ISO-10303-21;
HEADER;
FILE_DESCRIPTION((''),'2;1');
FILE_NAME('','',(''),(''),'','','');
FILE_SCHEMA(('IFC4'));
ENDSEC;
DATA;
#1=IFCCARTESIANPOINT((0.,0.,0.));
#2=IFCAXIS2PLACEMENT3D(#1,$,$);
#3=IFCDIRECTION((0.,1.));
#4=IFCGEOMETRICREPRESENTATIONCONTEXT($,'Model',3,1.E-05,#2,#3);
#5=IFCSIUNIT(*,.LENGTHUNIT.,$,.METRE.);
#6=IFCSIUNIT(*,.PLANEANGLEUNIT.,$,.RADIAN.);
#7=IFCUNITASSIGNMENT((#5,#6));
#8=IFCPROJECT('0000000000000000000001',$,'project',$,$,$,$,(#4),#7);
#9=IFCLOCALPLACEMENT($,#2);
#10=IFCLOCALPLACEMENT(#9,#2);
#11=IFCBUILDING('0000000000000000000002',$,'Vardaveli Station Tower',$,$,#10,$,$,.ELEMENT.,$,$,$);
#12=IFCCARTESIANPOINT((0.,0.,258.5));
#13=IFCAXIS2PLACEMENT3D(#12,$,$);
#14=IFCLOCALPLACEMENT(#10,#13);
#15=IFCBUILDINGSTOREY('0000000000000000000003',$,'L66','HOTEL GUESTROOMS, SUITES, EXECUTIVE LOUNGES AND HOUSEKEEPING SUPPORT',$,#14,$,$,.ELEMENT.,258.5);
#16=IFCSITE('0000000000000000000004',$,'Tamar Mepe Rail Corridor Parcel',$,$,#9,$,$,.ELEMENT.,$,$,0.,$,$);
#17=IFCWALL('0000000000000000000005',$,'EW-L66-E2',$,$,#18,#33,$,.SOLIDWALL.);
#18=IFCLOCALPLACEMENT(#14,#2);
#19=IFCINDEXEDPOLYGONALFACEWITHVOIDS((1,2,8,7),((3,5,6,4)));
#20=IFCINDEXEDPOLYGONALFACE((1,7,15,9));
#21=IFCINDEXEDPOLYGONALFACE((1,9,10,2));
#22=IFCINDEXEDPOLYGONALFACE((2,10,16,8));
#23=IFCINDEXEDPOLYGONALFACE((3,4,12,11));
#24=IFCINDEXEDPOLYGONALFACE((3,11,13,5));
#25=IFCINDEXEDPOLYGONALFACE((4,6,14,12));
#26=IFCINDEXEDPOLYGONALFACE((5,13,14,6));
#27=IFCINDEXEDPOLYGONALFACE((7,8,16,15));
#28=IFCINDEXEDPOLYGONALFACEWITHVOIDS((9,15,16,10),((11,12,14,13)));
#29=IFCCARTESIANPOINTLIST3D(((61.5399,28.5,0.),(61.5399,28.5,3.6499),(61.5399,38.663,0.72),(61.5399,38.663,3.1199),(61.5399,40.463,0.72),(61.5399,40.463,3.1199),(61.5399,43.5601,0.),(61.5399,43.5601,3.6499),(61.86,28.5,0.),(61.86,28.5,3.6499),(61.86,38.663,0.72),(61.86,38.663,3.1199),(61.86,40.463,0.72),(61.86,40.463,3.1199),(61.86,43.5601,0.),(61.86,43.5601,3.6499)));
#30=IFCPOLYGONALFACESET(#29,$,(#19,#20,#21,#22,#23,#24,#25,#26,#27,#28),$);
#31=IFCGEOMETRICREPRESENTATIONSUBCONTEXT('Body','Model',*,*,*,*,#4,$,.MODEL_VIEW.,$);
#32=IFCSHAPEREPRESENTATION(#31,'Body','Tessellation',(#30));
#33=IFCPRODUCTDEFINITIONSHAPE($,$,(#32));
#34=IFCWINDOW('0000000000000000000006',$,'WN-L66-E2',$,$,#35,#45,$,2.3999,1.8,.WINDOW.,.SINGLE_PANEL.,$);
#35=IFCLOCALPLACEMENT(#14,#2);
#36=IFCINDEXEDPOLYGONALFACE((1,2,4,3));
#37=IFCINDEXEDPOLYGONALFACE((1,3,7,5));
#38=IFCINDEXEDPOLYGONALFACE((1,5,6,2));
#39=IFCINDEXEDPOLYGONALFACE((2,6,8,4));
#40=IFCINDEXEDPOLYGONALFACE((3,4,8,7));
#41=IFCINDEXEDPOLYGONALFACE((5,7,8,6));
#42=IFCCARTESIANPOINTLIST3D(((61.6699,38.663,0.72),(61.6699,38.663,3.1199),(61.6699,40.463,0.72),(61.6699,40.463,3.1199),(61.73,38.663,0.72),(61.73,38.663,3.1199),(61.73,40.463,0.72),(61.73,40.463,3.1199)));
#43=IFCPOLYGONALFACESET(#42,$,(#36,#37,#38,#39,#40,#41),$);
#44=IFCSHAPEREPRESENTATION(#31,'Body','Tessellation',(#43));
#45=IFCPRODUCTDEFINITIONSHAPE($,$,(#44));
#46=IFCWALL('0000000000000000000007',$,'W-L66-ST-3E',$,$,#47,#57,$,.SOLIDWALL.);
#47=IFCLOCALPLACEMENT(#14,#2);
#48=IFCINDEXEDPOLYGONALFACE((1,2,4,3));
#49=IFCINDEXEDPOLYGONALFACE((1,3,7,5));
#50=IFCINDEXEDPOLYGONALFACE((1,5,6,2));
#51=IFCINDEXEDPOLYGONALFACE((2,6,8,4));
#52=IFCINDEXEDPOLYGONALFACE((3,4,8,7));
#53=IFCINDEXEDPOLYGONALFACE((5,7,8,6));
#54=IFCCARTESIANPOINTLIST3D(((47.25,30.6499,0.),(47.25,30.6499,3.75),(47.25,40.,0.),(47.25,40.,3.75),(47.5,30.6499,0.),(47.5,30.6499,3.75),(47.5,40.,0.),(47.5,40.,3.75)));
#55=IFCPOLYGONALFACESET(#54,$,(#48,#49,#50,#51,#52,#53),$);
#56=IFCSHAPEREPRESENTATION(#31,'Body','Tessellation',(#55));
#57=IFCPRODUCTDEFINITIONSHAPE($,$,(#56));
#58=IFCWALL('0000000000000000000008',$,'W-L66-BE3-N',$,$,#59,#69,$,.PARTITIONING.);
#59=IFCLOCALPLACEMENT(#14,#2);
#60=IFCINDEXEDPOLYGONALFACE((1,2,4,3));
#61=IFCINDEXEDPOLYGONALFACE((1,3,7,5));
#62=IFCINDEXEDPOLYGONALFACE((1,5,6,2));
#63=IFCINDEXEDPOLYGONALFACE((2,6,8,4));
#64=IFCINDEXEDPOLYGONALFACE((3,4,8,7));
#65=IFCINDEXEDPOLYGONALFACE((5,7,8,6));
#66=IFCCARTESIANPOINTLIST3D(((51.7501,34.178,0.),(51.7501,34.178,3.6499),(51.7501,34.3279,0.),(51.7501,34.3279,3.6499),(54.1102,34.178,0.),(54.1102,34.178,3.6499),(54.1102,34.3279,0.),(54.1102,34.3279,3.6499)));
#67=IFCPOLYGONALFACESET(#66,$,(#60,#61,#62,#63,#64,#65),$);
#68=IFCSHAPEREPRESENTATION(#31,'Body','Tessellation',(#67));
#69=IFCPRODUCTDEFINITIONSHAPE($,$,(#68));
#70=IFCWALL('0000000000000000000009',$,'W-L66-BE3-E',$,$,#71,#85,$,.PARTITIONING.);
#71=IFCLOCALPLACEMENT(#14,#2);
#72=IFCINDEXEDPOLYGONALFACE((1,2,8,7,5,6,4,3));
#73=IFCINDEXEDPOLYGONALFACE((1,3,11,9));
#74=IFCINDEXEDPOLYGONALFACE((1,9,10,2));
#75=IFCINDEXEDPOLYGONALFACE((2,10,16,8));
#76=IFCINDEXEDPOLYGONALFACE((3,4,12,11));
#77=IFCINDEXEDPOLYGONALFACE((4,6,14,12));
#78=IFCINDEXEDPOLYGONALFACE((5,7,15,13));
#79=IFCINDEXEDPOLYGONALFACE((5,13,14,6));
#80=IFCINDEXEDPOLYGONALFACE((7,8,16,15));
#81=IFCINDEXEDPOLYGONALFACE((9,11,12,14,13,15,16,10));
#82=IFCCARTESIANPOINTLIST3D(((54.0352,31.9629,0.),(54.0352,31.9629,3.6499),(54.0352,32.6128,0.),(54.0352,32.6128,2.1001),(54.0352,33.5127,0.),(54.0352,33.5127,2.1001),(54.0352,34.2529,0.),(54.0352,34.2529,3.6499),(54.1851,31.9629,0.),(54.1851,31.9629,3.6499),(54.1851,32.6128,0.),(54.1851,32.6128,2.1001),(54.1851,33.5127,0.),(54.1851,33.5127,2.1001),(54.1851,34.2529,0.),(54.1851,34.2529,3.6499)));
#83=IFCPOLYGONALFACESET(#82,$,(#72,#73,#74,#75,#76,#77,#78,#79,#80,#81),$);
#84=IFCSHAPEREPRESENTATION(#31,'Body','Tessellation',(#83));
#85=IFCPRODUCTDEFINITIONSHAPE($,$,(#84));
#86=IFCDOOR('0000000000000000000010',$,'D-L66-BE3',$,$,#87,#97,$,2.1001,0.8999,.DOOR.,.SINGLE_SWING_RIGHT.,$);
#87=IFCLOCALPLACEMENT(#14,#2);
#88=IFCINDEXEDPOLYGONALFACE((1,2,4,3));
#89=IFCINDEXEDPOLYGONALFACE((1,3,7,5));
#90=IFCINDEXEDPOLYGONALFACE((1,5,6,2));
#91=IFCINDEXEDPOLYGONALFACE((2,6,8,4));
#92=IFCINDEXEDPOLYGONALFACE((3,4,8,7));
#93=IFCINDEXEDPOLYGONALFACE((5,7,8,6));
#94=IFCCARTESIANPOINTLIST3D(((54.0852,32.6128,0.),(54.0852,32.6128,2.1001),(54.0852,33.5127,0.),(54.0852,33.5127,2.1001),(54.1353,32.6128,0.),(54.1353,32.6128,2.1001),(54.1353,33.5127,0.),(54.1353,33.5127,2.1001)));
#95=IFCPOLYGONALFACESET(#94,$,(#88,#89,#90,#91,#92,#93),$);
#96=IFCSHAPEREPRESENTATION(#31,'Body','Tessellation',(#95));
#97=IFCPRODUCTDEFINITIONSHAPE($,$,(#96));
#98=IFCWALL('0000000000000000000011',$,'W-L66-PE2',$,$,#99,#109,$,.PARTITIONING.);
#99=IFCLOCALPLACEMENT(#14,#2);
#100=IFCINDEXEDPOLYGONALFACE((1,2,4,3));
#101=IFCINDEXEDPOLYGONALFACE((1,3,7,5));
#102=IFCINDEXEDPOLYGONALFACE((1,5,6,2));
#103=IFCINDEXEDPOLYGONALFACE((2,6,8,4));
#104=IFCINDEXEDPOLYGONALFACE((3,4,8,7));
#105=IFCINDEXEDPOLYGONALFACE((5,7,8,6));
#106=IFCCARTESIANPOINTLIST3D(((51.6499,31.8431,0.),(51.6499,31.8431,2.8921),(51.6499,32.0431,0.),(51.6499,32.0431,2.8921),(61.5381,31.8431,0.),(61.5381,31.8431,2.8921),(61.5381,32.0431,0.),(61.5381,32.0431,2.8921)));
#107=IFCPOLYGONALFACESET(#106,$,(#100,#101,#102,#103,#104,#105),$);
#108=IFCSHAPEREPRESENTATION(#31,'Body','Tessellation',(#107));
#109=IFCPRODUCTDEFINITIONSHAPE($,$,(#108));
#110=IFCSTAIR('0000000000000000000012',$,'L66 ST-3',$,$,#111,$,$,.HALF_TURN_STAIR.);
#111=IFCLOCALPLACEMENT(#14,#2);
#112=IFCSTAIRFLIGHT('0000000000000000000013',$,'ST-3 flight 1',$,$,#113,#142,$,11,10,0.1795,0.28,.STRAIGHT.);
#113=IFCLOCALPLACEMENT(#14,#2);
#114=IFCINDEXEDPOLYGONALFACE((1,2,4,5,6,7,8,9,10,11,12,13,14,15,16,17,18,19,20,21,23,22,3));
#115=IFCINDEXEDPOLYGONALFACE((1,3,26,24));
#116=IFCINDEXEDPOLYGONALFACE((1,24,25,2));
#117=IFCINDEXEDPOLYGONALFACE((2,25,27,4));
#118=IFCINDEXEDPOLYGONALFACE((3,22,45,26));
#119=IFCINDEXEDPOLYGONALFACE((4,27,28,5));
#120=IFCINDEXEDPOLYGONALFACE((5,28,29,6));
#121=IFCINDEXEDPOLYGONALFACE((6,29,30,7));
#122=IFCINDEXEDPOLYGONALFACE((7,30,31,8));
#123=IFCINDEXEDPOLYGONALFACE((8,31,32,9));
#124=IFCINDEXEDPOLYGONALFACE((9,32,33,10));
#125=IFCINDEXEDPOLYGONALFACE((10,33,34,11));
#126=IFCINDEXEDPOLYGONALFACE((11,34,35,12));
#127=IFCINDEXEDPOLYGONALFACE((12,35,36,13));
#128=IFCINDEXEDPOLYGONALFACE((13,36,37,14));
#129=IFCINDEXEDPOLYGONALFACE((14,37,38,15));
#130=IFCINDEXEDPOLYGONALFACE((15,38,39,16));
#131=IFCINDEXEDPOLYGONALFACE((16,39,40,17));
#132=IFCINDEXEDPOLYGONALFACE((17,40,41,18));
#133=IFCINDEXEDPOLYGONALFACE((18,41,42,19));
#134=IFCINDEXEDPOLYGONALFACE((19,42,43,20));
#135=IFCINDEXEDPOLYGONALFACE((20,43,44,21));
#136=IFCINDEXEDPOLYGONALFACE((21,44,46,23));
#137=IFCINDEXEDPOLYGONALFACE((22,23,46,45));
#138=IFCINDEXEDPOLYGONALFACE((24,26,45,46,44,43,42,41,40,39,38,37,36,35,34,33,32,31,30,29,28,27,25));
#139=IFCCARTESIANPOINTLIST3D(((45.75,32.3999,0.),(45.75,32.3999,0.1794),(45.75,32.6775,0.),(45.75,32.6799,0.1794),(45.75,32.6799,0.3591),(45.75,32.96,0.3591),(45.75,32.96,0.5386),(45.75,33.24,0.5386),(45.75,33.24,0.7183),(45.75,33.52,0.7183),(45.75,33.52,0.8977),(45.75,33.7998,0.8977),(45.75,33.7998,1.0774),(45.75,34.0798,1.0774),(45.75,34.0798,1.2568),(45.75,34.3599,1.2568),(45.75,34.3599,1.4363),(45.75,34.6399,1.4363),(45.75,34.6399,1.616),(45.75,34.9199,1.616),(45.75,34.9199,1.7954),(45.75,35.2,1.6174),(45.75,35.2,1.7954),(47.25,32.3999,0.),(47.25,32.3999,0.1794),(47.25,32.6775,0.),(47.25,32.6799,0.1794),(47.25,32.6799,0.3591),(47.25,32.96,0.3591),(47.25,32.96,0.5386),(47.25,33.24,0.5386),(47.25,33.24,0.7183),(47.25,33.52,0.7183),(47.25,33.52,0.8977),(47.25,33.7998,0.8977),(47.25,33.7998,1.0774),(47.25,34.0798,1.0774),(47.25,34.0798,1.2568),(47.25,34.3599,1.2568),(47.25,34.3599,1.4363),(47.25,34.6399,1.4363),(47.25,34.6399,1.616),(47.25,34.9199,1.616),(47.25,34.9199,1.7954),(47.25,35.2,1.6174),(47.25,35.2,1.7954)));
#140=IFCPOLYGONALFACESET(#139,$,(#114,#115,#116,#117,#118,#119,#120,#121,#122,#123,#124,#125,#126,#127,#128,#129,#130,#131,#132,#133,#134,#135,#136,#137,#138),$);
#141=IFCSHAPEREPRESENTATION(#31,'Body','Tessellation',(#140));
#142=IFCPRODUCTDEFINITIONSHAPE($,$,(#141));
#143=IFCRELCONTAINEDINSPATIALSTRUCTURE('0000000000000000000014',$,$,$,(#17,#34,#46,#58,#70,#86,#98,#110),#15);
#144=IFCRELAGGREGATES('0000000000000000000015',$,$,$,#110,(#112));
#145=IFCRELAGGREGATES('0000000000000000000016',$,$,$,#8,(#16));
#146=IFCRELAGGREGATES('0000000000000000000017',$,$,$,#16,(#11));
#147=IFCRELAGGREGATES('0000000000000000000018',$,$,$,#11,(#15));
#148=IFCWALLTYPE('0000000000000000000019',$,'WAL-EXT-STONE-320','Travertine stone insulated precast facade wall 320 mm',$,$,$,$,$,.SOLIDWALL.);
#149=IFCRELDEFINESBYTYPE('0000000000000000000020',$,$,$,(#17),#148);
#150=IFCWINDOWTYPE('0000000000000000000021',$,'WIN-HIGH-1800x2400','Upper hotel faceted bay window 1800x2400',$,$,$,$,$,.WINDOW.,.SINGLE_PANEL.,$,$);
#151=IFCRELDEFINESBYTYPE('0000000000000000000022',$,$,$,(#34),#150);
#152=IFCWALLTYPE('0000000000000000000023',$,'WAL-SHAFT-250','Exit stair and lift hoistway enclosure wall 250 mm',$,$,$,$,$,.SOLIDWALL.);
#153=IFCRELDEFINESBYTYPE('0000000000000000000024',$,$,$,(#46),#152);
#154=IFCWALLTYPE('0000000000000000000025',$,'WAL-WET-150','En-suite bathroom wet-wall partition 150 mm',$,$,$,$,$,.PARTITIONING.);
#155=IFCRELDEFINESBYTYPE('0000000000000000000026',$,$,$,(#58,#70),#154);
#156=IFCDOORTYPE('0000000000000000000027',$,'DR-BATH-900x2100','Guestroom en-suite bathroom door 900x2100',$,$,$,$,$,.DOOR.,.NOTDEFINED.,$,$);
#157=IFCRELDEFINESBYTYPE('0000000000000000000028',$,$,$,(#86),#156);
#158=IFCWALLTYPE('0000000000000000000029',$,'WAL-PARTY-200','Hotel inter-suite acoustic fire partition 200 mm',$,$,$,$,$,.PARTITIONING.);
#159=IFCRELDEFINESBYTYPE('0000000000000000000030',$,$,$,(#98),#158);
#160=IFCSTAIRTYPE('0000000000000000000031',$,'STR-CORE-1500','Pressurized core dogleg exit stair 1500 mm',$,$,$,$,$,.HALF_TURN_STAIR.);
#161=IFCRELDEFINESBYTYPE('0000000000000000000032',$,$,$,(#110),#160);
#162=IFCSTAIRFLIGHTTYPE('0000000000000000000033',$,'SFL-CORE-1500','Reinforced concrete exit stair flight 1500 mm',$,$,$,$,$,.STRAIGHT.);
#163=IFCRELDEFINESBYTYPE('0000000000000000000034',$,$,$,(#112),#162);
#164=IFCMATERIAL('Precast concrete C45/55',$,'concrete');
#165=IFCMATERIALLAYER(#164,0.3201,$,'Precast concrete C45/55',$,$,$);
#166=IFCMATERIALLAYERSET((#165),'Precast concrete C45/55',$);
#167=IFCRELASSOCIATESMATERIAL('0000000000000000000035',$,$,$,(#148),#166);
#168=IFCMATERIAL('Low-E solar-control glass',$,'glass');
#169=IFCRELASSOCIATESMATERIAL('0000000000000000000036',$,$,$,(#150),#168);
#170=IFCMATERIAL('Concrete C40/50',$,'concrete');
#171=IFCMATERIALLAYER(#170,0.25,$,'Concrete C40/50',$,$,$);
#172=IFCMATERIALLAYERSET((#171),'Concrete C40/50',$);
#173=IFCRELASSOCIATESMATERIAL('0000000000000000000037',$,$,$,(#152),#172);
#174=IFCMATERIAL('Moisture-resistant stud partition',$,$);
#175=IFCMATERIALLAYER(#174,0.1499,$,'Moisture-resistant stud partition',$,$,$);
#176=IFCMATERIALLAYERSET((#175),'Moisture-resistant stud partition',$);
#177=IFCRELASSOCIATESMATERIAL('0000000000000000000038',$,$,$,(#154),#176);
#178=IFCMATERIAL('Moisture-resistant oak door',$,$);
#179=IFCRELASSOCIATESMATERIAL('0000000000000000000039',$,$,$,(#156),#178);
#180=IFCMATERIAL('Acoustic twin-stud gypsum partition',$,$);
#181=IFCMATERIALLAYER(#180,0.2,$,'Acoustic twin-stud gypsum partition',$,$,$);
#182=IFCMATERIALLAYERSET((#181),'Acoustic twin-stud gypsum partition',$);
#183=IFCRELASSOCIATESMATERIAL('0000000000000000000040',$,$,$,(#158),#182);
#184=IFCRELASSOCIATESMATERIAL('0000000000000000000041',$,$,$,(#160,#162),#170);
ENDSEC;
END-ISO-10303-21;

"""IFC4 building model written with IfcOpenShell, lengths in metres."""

from ifc_helpers import new_model, si_unit, direction, frame, frame_2d, origin, place, context, subcontext, project, spatial, polyline, rectangle, outline, extrude, source, transform, mapped, material, layer, layer_set, type_object, element, fill, aggregate, save


model = new_model("IFC4")

# Units and contexts
model_context = context("Model", 3, precision=1e-05, world=origin(), true_north=direction((0.0, 1.0)))
body_context = subcontext(model_context, "Body", "Model", "MODEL_VIEW")
ifc_project = project(units=[si_unit("LENGTHUNIT", "METRE"), si_unit("PLANEANGLEUNIT", "RADIAN")], contexts=[model_context])

# Site, building, storey
site_placement = place(None, origin())
site = spatial("IfcSite", under=ifc_project, at=site_placement, Name="Tamar Mepe Rail Corridor Parcel", CompositionType="ELEMENT", RefElevation=0.0)
building_placement = place(site_placement, origin())
building = spatial("IfcBuilding", under=site, at=building_placement, Name="Vardaveli Station Tower", CompositionType="ELEMENT")
storey_placement = place(building_placement, frame((0.0, 0.0, 258.5)))
storey = spatial("IfcBuildingStorey", under=building, at=storey_placement, Name="L66", Description="HOTEL GUESTROOMS, SUITES, EXECUTIVE LOUNGES AND HOUSEKEEPING SUPPORT", CompositionType="ELEMENT", Elevation=258.5)

# Shared definitions
ifc_material_1 = material(Name="Precast concrete C45/55", Category="concrete")

# Wall, opening, window
ifc_layer_1 = layer(ifc_material_1, 0.3201, Name="Precast concrete C45/55")
ifc_layer_set_1 = layer_set([ifc_layer_1], Name="Precast concrete C45/55")
wall_type_1 = type_object("IfcWallType", Name="WAL-EXT-STONE-320", Description="Travertine stone insulated precast facade wall 320 mm", PredefinedType="SOLIDWALL", material=ifc_layer_set_1)
shared_shape_1 = source(origin(), body_context, "Body", "SweptSolid", [
    extrude(rectangle(XDim=15.0601, YDim=0.3201, at=frame_2d((7.53, 0.0))), origin(), (0.0, 0.0, 1.0), 3.6499),
])
wall_1_placement = place(storey_placement, frame((61.7, 28.5, 0.0), z_axis=(0.0, 0.0, 1.0), x_axis=(0.0, 1.0, 0.0)))
wall_1 = element("IfcWall", 1, at=wall_1_placement, inside=storey, type_object=wall_type_1, Name="EW-L66-E2", PredefinedType="SOLIDWALL", context=body_context, shape_type="MappedRepresentation", body=[
    mapped(shared_shape_1, transform((0.0, 0.0, 0.0), scale=1.0)),
])
shared_shape_2 = source(origin(), body_context, "Body", "SweptSolid", [
    extrude(rectangle(XDim=1.8, YDim=2.3999, at=frame_2d((0.8999, 1.2))), frame((0.0, 0.1699, 0.0), z_axis=(0.0, -1.0, 0.0), x_axis=(1.0, 0.0, 0.0)), (0.0, 0.0, 1.0), 0.3401),
])
opening_1_placement = place(wall_1_placement, frame((10.1631, 0.0, 0.72)))
opening_1 = element("IfcOpeningElement", 2, at=opening_1_placement, cuts=wall_1, PredefinedType="OPENING", context=body_context, shape_type="MappedRepresentation", body=[
    mapped(shared_shape_2, transform((0.0, 0.0, 0.0), scale=1.0)),
])
ifc_material_2 = material(Name="Low-E solar-control glass", Category="glass")
window_type = type_object("IfcWindowType", Name="WIN-HIGH-1800x2400", Description="Upper hotel faceted bay window 1800x2400", PartitioningType="SINGLE_PANEL", PredefinedType="WINDOW", material=ifc_material_2)
shared_shape_3 = source(origin(), body_context, "Body", "SweptSolid", [
    extrude(rectangle(XDim=1.8, YDim=2.3999, at=frame_2d((0.8999, 1.2))), frame((0.0, 0.03, 0.0), z_axis=(0.0, -1.0, 0.0), x_axis=(1.0, 0.0, 0.0)), (0.0, 0.0, 1.0), 0.0601),
])
window_placement = place(opening_1_placement, origin())
window = element("IfcWindow", 3, at=window_placement, inside=storey, type_object=window_type, Name="WN-L66-E2", OverallHeight=2.3999, OverallWidth=1.8, PartitioningType="SINGLE_PANEL", PredefinedType="WINDOW", context=body_context, shape_type="MappedRepresentation", body=[
    mapped(shared_shape_3, transform((0.0, 0.0, 0.0), scale=1.0)),
])
fill(opening_1, window)

# Walls
ifc_material_3 = material(Name="Concrete C40/50", Category="concrete")
ifc_layer_2 = layer(ifc_material_3, 0.25, Name="Concrete C40/50")
ifc_layer_set_2 = layer_set([ifc_layer_2], Name="Concrete C40/50")
wall_type_2 = type_object("IfcWallType", Name="WAL-SHAFT-250", Description="Exit stair and lift hoistway enclosure wall 250 mm", PredefinedType="SOLIDWALL", material=ifc_layer_set_2)
shared_shape_4 = source(origin(), body_context, "Body", "SweptSolid", [
    extrude(rectangle(XDim=9.3501, YDim=0.25, at=frame_2d((4.675, 0.0))), origin(), (0.0, 0.0, 1.0), 3.75),
])
wall_2_placement = place(storey_placement, frame((47.375, 30.6499, 0.0), z_axis=(0.0, 0.0, 1.0), x_axis=(0.0, 1.0, 0.0)))
element("IfcWall", 4, at=wall_2_placement, inside=storey, type_object=wall_type_2, Name="W-L66-ST-3E", PredefinedType="SOLIDWALL", context=body_context, shape_type="MappedRepresentation", body=[
    mapped(shared_shape_4, transform((0.0, 0.0, 0.0), scale=1.0)),
])
ifc_material_4 = material(Name="Moisture-resistant stud partition")
ifc_layer_3 = layer(ifc_material_4, 0.1499, Name="Moisture-resistant stud partition")
ifc_layer_set_3 = layer_set([ifc_layer_3], Name="Moisture-resistant stud partition")
wall_type_3 = type_object("IfcWallType", Name="WAL-WET-150", Description="En-suite bathroom wet-wall partition 150 mm", PredefinedType="PARTITIONING", material=ifc_layer_set_3)
shared_shape_5 = source(origin(), body_context, "Body", "SweptSolid", [
    extrude(rectangle(XDim=2.3601, YDim=0.1499, at=frame_2d((1.1802, 0.0))), origin(), (0.0, 0.0, 1.0), 3.6499),
])
wall_3_placement = place(storey_placement, frame((51.75, 34.2529, 0.0), z_axis=(0.0, 0.0, 1.0), x_axis=(1.0, 0.0, 0.0)))
element("IfcWall", 5, at=wall_3_placement, inside=storey, type_object=wall_type_3, Name="W-L66-BE3-N", PredefinedType="PARTITIONING", context=body_context, shape_type="MappedRepresentation", body=[
    mapped(shared_shape_5, transform((0.0, 0.0, 0.0), scale=1.0)),
])

# Wall, opening, door
shared_shape_6 = source(origin(), body_context, "Body", "SweptSolid", [
    extrude(rectangle(XDim=2.29, YDim=0.1499, at=frame_2d((1.145, 0.0))), origin(), (0.0, 0.0, 1.0), 3.6499),
])
wall_4_placement = place(storey_placement, frame((54.1101, 31.9629, 0.0), z_axis=(0.0, 0.0, 1.0), x_axis=(0.0, 1.0, 0.0)))
wall_4 = element("IfcWall", 6, at=wall_4_placement, inside=storey, type_object=wall_type_3, Name="W-L66-BE3-E", PredefinedType="PARTITIONING", context=body_context, shape_type="MappedRepresentation", body=[
    mapped(shared_shape_6, transform((0.0, 0.0, 0.0), scale=1.0)),
])
shared_shape_7 = source(origin(), body_context, "Body", "SweptSolid", [
    extrude(rectangle(XDim=0.8999, YDim=2.1001, at=frame_2d((0.45, 1.05))), frame((0.0, 0.085, 0.0), z_axis=(0.0, -1.0, 0.0), x_axis=(1.0, 0.0, 0.0)), (0.0, 0.0, 1.0), 0.1699),
])
opening_2_placement = place(wall_4_placement, frame((0.6499, 0.0, 0.0)))
opening_2 = element("IfcOpeningElement", 7, at=opening_2_placement, cuts=wall_4, PredefinedType="OPENING", context=body_context, shape_type="MappedRepresentation", body=[
    mapped(shared_shape_7, transform((0.0, 0.0, 0.0), scale=1.0)),
])
ifc_material_5 = material(Name="Moisture-resistant oak door")
door_type = type_object("IfcDoorType", Name="DR-BATH-900x2100", Description="Guestroom en-suite bathroom door 900x2100", OperationType="NOTDEFINED", PredefinedType="DOOR", material=ifc_material_5)
shared_shape_8 = source(origin(), body_context, "Body", "SweptSolid", [
    extrude(rectangle(XDim=0.8999, YDim=2.1001, at=frame_2d((0.45, 1.05))), frame((0.0, 0.0249, 0.0), z_axis=(0.0, -1.0, 0.0), x_axis=(1.0, 0.0, 0.0)), (0.0, 0.0, 1.0), 0.05),
])
door_placement = place(opening_2_placement, origin())
door = element("IfcDoor", 8, at=door_placement, inside=storey, type_object=door_type, Name="D-L66-BE3", OperationType="SINGLE_SWING_RIGHT", OverallHeight=2.1001, OverallWidth=0.8999, PredefinedType="DOOR", context=body_context, shape_type="MappedRepresentation", body=[
    mapped(shared_shape_8, transform((0.0, 0.0, 0.0), scale=1.0)),
])
fill(opening_2, door)

# Wall
ifc_material_6 = material(Name="Acoustic twin-stud gypsum partition")
ifc_layer_4 = layer(ifc_material_6, 0.2, Name="Acoustic twin-stud gypsum partition")
ifc_layer_set_4 = layer_set([ifc_layer_4], Name="Acoustic twin-stud gypsum partition")
wall_type_4 = type_object("IfcWallType", Name="WAL-PARTY-200", Description="Hotel inter-suite acoustic fire partition 200 mm", PredefinedType="PARTITIONING", material=ifc_layer_set_4)
shared_shape_9 = source(origin(), body_context, "Body", "SweptSolid", [
    extrude(rectangle(XDim=9.8882, YDim=0.2, at=frame_2d((4.9441, 0.0))), origin(), (0.0, 0.0, 1.0), 2.8921),
])
wall_5_placement = place(storey_placement, frame((51.6499, 31.9431, 0.0), z_axis=(0.0, 0.0, 1.0), x_axis=(1.0, 0.0, 0.0)))
element("IfcWall", 9, at=wall_5_placement, inside=storey, type_object=wall_type_4, Name="W-L66-PE2", PredefinedType="PARTITIONING", context=body_context, shape_type="MappedRepresentation", body=[
    mapped(shared_shape_9, transform((0.0, 0.0, 0.0), scale=1.0)),
])

# Stair, stair flight
stair_type = type_object("IfcStairType", Name="STR-CORE-1500", Description="Pressurized core dogleg exit stair 1500 mm", PredefinedType="HALF_TURN_STAIR", material=ifc_material_3)
stair_placement = place(storey_placement, origin())
stair = element("IfcStair", 10, at=stair_placement, inside=storey, type_object=stair_type, Name="L66 ST-3", PredefinedType="HALF_TURN_STAIR")
stair_flight_type = type_object("IfcStairFlightType", Name="SFL-CORE-1500", Description="Reinforced concrete exit stair flight 1500 mm", PredefinedType="STRAIGHT", material=ifc_material_3)
shared_shape_10 = source(origin(), body_context, "Body", "SweptSolid", [
    extrude(outline(polyline([(0.0, 0.0), (0.0, 0.1794), (0.28, 0.1794), (0.28, 0.3591), (0.5601, 0.3591), (0.5601, 0.5386), (0.8401, 0.5386), (0.8401, 0.7183), (1.1201, 0.7183), (1.1201, 0.8977), (1.3999, 0.8977), (1.3999, 1.0774), (1.6799, 1.0774), (1.6799, 1.2568), (1.96, 1.2568), (1.96, 1.4363), (2.24, 1.4363), (2.24, 1.616), (2.52, 1.616), (2.52, 1.7954), (2.8, 1.7954), (2.8, 1.9751), (2.8, 1.6174), (0.2776, 0.0), (0.0, 0.0)])), frame((0.0, 0.75, 0.0), z_axis=(0.0, -1.0, 0.0), x_axis=(1.0, 0.0, 0.0)), (0.0, 0.0, 1.0), 1.5),
])
stair_flight_1_placement = place(storey_placement, frame((46.5, 32.3999, 0.0), z_axis=(0.0, 0.0, 1.0), x_axis=(0.0, 1.0, 0.0)))
stair_flight_1 = element("IfcStairFlight", 11, at=stair_flight_1_placement, type_object=stair_flight_type, Name="ST-3 flight 1", NumberOfRisers=11, NumberOfTreads=10, PredefinedType="STRAIGHT", RiserHeight=0.1795, TreadLength=0.28, context=body_context, shape_type="MappedRepresentation", body=[
    mapped(shared_shape_10, transform((0.0, 0.0, 0.0), scale=1.0)),
])
aggregate(stair, [stair_flight_1])

save(model, "model.ifc")
